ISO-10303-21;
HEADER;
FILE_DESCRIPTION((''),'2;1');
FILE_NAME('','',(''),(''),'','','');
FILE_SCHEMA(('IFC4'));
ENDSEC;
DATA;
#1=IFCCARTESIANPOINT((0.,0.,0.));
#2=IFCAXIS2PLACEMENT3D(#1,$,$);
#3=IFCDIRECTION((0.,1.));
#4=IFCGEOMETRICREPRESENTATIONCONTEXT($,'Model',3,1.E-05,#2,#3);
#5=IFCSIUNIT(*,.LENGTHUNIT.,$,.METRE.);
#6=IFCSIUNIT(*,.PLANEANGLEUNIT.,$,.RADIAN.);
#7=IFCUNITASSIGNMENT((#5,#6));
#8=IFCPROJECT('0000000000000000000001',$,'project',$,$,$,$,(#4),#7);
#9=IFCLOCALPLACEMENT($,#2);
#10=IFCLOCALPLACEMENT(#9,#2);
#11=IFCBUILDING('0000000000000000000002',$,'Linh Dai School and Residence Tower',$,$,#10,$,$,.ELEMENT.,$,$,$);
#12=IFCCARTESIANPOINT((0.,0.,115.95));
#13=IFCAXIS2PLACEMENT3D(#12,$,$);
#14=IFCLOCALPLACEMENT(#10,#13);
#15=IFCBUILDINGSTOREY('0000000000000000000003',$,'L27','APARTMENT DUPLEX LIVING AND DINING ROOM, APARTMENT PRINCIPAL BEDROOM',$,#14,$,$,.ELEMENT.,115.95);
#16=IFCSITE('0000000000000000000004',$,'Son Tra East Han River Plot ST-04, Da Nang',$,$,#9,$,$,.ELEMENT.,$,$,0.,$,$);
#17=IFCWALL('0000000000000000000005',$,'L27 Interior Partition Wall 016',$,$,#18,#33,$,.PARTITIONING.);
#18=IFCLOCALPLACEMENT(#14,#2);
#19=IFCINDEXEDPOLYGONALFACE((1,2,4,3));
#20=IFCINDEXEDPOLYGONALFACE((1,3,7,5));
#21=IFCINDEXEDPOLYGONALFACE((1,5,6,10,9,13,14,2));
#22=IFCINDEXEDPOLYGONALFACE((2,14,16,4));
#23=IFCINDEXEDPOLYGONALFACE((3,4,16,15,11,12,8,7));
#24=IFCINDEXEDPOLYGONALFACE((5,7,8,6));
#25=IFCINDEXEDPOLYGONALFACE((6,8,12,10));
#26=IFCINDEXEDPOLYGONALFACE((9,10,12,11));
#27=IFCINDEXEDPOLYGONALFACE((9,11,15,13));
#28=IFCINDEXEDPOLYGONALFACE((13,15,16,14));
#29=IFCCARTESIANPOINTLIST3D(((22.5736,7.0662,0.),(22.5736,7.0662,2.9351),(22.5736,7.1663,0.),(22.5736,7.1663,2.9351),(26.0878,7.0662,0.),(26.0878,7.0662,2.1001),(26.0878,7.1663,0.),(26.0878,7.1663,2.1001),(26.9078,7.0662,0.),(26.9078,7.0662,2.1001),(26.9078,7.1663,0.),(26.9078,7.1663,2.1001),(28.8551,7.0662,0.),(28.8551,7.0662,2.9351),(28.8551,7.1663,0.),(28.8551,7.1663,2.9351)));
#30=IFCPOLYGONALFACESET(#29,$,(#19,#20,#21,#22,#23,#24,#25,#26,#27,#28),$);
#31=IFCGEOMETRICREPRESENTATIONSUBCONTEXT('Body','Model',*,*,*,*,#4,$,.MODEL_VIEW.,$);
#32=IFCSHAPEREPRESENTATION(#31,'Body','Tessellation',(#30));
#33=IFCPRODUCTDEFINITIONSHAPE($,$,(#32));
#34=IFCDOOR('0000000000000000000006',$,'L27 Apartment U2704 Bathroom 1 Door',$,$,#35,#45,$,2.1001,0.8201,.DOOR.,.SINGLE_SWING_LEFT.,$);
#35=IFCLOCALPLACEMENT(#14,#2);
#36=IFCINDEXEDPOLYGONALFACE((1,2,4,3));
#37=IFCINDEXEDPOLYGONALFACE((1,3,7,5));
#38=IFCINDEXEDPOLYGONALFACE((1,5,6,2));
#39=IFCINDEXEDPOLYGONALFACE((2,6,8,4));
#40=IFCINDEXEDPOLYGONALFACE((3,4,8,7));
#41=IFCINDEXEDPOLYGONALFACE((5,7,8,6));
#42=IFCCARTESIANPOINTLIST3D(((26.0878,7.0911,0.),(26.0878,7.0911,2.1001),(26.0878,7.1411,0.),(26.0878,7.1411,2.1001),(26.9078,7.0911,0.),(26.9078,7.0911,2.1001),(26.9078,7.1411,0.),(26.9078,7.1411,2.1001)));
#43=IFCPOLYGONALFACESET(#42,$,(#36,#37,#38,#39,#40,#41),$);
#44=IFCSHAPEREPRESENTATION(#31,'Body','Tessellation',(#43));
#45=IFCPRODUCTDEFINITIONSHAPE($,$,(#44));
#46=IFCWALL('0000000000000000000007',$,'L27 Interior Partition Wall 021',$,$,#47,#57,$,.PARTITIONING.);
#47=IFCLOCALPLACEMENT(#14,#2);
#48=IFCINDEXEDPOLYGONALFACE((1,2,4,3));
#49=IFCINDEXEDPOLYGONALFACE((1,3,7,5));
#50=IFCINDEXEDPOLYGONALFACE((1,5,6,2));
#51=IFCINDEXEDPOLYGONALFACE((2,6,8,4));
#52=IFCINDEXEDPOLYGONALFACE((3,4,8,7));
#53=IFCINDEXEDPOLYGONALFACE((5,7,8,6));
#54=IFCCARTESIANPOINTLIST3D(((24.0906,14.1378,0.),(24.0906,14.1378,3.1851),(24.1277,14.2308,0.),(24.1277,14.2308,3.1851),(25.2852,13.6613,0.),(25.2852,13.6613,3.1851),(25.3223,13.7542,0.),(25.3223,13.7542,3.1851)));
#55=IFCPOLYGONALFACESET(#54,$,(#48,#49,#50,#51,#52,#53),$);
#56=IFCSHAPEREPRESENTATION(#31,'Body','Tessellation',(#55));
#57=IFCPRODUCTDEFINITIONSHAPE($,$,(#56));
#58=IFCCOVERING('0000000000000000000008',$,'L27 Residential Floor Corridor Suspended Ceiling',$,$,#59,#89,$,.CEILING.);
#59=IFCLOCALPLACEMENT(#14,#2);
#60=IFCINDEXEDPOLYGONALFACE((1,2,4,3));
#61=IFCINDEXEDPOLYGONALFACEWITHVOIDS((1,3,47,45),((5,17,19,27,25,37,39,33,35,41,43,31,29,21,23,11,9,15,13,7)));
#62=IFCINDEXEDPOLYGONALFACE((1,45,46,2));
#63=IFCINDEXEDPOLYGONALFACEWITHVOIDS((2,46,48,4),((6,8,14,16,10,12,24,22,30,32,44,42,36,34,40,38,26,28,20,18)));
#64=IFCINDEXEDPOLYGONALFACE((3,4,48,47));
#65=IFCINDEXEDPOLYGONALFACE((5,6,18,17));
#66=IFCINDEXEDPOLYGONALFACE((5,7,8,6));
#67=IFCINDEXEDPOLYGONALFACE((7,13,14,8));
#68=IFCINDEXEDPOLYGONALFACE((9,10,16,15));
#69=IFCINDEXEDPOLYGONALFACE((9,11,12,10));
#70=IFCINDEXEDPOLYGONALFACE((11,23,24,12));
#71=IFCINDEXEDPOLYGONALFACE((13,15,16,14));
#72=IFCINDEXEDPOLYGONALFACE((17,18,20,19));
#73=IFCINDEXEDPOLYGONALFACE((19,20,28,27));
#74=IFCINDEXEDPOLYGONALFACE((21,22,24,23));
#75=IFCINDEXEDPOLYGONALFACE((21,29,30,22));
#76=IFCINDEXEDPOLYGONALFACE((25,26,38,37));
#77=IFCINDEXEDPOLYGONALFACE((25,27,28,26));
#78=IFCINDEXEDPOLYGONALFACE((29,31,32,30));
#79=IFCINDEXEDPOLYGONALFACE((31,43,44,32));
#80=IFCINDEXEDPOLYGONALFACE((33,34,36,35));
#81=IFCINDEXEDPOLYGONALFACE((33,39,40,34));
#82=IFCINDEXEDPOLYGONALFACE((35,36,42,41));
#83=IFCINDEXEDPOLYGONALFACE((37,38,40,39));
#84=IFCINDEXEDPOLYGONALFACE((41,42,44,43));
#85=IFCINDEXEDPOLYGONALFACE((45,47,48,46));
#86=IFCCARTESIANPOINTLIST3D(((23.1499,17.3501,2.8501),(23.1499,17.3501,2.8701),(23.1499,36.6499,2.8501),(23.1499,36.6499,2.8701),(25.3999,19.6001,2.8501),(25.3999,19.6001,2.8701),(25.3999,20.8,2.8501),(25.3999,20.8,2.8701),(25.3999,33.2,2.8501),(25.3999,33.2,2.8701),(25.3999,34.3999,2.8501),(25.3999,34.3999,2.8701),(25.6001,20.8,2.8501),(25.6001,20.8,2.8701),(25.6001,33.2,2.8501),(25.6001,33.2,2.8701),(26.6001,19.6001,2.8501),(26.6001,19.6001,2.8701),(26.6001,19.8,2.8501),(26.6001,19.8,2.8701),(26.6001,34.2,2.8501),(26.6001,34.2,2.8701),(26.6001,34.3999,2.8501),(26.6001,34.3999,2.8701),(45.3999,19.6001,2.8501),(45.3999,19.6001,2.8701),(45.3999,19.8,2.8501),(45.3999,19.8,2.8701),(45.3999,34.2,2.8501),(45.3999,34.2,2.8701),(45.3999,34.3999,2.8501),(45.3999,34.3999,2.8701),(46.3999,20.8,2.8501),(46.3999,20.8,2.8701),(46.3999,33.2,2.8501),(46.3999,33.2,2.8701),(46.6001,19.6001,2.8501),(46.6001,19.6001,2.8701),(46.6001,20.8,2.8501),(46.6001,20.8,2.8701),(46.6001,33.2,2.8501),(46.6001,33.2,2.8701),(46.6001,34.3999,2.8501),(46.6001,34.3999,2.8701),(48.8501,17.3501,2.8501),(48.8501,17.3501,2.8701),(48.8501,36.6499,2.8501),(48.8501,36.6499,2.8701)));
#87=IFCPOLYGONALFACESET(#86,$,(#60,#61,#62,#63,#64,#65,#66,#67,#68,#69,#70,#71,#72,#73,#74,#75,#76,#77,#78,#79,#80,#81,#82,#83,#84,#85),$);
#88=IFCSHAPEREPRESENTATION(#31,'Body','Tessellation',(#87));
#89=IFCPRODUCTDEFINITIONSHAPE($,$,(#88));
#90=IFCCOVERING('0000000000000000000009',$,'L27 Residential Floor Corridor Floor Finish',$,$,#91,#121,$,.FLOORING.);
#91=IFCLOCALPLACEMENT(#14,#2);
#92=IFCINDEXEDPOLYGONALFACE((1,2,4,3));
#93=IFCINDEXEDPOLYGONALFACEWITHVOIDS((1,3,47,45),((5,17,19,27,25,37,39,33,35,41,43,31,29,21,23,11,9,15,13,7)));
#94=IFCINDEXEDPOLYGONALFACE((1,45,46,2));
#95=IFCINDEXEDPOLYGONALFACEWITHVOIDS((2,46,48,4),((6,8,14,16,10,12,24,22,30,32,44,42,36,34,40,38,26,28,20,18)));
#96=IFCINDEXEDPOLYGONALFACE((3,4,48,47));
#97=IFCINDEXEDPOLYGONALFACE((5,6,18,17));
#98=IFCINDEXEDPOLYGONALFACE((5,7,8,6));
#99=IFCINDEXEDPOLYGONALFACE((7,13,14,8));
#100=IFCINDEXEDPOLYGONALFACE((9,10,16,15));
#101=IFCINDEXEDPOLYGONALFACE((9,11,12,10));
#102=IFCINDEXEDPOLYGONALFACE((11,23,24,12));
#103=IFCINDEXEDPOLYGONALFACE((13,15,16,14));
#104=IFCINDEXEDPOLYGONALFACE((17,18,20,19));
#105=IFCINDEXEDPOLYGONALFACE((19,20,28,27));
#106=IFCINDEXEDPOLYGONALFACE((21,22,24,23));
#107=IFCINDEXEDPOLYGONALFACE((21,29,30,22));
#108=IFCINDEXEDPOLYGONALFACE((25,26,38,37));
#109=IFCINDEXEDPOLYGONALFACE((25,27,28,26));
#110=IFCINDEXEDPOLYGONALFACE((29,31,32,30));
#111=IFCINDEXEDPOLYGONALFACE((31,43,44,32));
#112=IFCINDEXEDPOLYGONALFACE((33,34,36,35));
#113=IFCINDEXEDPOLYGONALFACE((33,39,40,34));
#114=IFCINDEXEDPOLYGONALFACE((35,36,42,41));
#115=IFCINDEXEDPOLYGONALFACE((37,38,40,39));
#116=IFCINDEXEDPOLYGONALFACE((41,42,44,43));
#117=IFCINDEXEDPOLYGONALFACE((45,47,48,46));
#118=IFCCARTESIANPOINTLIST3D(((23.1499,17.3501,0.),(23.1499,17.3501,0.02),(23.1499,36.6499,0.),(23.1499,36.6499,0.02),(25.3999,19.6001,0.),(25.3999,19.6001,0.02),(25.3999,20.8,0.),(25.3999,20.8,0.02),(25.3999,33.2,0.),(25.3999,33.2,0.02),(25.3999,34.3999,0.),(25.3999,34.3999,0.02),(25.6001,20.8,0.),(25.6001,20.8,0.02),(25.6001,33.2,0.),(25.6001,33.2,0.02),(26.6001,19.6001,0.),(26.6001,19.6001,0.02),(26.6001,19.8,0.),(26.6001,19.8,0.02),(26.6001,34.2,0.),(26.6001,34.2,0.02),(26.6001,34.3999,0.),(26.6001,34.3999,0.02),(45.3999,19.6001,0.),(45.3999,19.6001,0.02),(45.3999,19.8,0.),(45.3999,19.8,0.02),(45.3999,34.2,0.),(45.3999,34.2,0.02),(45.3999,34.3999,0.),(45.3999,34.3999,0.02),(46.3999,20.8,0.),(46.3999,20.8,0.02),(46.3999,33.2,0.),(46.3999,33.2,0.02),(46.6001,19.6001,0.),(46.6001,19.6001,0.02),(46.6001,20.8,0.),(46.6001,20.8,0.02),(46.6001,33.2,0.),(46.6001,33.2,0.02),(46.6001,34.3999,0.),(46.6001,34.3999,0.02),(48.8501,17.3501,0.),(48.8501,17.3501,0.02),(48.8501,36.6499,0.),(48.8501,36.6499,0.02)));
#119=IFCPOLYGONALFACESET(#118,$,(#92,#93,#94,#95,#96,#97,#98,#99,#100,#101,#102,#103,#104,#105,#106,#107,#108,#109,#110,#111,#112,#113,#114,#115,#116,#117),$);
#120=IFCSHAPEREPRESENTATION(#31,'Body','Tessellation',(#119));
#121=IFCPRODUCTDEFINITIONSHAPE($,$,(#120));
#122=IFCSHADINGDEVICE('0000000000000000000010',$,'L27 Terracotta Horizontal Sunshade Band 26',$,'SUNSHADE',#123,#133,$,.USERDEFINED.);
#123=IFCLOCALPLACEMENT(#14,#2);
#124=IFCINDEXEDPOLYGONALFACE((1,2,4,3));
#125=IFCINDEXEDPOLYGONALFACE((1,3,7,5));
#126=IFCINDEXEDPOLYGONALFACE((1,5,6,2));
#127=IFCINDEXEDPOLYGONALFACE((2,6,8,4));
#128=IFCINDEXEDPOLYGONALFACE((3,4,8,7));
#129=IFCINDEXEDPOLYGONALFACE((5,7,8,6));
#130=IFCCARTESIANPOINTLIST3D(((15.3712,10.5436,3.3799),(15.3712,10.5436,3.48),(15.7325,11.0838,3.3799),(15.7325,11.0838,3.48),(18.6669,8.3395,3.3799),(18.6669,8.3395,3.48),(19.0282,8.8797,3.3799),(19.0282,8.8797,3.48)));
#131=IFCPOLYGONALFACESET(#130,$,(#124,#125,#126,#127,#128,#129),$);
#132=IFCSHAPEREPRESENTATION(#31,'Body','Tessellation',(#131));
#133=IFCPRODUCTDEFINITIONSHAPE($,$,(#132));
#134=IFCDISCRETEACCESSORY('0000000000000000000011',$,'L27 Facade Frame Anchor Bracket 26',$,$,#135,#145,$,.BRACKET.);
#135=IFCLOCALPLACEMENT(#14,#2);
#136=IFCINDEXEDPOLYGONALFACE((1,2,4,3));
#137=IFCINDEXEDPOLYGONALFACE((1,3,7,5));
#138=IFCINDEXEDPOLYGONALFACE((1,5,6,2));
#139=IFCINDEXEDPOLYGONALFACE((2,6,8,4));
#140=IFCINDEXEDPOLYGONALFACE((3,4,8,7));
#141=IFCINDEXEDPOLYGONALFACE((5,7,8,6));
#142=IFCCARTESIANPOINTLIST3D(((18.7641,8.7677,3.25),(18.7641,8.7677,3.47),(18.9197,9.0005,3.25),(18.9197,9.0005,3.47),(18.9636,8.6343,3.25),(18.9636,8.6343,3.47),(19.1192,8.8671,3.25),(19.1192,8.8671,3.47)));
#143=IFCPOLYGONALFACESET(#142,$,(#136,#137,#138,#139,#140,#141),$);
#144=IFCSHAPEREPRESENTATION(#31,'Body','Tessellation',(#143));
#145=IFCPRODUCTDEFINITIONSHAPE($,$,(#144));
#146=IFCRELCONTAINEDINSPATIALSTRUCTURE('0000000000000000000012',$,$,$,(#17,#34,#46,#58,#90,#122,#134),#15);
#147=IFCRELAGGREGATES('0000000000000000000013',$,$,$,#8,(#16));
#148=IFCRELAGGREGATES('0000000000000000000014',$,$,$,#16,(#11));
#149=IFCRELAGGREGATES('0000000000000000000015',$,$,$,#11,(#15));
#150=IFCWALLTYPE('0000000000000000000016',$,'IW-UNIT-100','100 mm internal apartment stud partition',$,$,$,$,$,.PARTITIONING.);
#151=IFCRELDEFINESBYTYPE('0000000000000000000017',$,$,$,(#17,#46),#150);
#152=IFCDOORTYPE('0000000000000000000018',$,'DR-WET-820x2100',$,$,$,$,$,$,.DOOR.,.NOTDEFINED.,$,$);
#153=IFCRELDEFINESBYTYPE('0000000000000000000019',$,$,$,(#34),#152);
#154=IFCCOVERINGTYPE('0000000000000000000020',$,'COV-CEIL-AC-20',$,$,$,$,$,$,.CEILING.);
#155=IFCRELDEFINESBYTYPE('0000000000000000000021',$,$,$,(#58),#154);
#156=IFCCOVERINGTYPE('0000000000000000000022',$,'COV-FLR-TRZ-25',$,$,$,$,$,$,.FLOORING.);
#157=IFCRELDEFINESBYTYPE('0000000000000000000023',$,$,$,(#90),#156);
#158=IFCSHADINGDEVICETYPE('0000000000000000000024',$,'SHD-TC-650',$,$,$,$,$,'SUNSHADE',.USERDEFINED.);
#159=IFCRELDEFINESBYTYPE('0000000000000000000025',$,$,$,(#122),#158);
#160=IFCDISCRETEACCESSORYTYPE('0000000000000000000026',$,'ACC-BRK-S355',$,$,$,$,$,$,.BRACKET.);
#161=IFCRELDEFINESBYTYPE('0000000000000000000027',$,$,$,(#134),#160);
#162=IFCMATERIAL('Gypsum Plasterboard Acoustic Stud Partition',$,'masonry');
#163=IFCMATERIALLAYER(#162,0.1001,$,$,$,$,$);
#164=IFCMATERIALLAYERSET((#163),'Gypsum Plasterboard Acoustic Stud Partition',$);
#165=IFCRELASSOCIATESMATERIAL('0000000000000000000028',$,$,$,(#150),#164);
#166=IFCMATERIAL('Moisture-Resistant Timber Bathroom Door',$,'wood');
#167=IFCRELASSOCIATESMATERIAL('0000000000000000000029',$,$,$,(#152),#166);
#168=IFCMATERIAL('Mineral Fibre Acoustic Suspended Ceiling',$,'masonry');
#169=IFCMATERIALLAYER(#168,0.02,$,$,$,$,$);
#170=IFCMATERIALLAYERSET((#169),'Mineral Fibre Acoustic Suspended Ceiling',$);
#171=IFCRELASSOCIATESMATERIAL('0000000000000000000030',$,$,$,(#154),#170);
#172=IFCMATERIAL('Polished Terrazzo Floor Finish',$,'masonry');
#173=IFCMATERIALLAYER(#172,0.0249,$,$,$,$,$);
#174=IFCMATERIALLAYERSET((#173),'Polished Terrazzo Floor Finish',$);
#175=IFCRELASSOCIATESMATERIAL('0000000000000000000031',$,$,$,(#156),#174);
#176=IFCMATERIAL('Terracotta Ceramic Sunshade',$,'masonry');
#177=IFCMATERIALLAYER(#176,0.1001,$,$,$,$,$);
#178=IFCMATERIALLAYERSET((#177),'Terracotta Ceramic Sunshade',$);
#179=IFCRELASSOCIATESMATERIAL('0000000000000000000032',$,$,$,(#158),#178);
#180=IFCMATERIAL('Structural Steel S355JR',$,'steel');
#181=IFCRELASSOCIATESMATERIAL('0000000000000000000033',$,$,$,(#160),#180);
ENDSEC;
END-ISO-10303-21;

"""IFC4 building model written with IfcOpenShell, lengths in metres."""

from ifc_helpers import new_model, si_unit, direction, frame, frame_2d, origin, origin_2d, place, context, subcontext, project, spatial, polyline, rectangle, outline, extrude, source, transform, mapped, material, layer, layer_set, type_object, element, fill, save


model = new_model("IFC4")

# Units and contexts
model_context = context("Model", 3, precision=1e-05, world=origin(), true_north=direction((0.0, 1.0)))
body_context = subcontext(model_context, "Body", "Model", "MODEL_VIEW")
ifc_project = project(units=[si_unit("LENGTHUNIT", "METRE"), si_unit("PLANEANGLEUNIT", "RADIAN")], contexts=[model_context])

# Site, building, storey
site_placement = place(None, origin())
site = spatial("IfcSite", under=ifc_project, at=site_placement, Name="Son Tra East Han River Plot ST-04, Da Nang", CompositionType="ELEMENT", RefElevation=0.0)
building_placement = place(site_placement, origin())
building = spatial("IfcBuilding", under=site, at=building_placement, Name="Linh Dai School and Residence Tower", CompositionType="ELEMENT")
storey_placement = place(building_placement, frame((0.0, 0.0, 115.95)))
storey = spatial("IfcBuildingStorey", under=building, at=storey_placement, Name="L27", Description="APARTMENT DUPLEX LIVING AND DINING ROOM, APARTMENT PRINCIPAL BEDROOM", CompositionType="ELEMENT", Elevation=115.95)

# Shared definitions
ifc_material_1 = material(Name="Structural Steel S355JR", Category="steel")

# Wall, opening, door
ifc_material_2 = material(Name="Gypsum Plasterboard Acoustic Stud Partition", Category="masonry")
ifc_layer_1 = layer(ifc_material_2, 0.1001)
ifc_layer_set_1 = layer_set([ifc_layer_1], Name="Gypsum Plasterboard Acoustic Stud Partition")
wall_type_1 = type_object("IfcWallType", Name="IW-UNIT-100", Description="100 mm internal apartment stud partition", PredefinedType="PARTITIONING", material=ifc_layer_set_1)
wall_1_placement = place(storey_placement, frame((22.5737, 7.1162, 0.0), z_axis=(0.0, 0.0, 1.0), x_axis=(1.0, 0.0, 0.0)))
wall_1 = element("IfcWall", 1, at=wall_1_placement, inside=storey, type_object=wall_type_1, Name="L27 Interior Partition Wall 016", PredefinedType="PARTITIONING", context=body_context, shape_type="SweptSolid", body=[
    extrude(rectangle(XDim=6.2815, YDim=0.1001, at=frame_2d((3.1406, 0.0))), origin(), (0.0, 0.0, 1.0), 2.9351),
])
opening_1_placement = place(wall_1_placement, frame((3.5139, 0.0, 0.0)))
opening_1 = element("IfcOpeningElement", 2, at=opening_1_placement, cuts=wall_1, PredefinedType="OPENING", context=body_context, shape_type="SweptSolid", body=[
    extrude(rectangle(XDim=0.8201, YDim=2.1001, at=origin_2d()), frame((0.4102, 0.0601, 1.05), z_axis=(0.0, -1.0, 0.0), x_axis=(1.0, 0.0, 0.0)), (0.0, 0.0, 1.0), 0.1201),
])
ifc_material_3 = material(Name="Moisture-Resistant Timber Bathroom Door", Category="wood")
door_type_1 = type_object("IfcDoorType", Name="DR-WET-820x2100", OperationType="NOTDEFINED", PredefinedType="DOOR", material=ifc_material_3)
shared_shape_1 = source(origin(), body_context, "Body", "SweptSolid", [
    extrude(rectangle(XDim=0.8201, YDim=2.1001, at=origin_2d()), frame((0.4102, 0.0249, 1.05), z_axis=(0.0, -1.0, 0.0), x_axis=(1.0, 0.0, 0.0)), (0.0, 0.0, 1.0), 0.05),
])
door_1_placement = place(opening_1_placement, origin())
door_1 = element("IfcDoor", 3, at=door_1_placement, inside=storey, type_object=door_type_1, Name="L27 Apartment U2704 Bathroom 1 Door", OperationType="SINGLE_SWING_LEFT", OverallHeight=2.1001, OverallWidth=0.8201, PredefinedType="DOOR", context=body_context, shape_type="MappedRepresentation", body=[
    mapped(shared_shape_1, transform((0.0, 0.0, 0.0), x_axis=(1.0, 0.0, 0.0), y_axis=(0.0, 1.0, 0.0), z_axis=(0.0, 0.0, 1.0), scale=1.0)),
])
fill(opening_1, door_1)

# Wall
wall_2_placement = place(storey_placement, frame((24.1091, 14.1843, 0.0), z_axis=(0.0, 0.0, 1.0), x_axis=(0.928817, -0.37054, 0.0)))
element("IfcWall", 4, at=wall_2_placement, inside=storey, type_object=wall_type_1, Name="L27 Interior Partition Wall 021", PredefinedType="PARTITIONING", context=body_context, shape_type="SweptSolid", body=[
    extrude(rectangle(XDim=1.2861, YDim=0.1001, at=frame_2d((0.6431, 0.0))), origin(), (0.0, 0.0, 1.0), 3.1851),
])

# Coverings
ifc_material_4 = material(Name="Mineral Fibre Acoustic Suspended Ceiling", Category="masonry")
ifc_layer_2 = layer(ifc_material_4, 0.02)
ifc_layer_set_2 = layer_set([ifc_layer_2], Name="Mineral Fibre Acoustic Suspended Ceiling")
covering_type_1 = type_object("IfcCoveringType", Name="COV-CEIL-AC-20", PredefinedType="CEILING", material=ifc_layer_set_2)
covering_1_placement = place(storey_placement, frame((0.0, 0.0, 2.8501)))
element("IfcCovering", 5, at=covering_1_placement, inside=storey, type_object=covering_type_1, Name="L27 Residential Floor Corridor Suspended Ceiling", PredefinedType="CEILING", context=body_context, shape_type="SweptSolid", body=[
    extrude(outline(polyline([(48.8501, 36.6499), (48.8501, 17.3501), (23.1499, 17.3501), (23.1499, 36.6499), (48.8501, 36.6499)]), holes=[polyline([(26.6001, 34.2), (26.6001, 34.3999), (25.3999, 34.3999), (25.3999, 33.2), (25.6001, 33.2), (25.6001, 20.8), (25.3999, 20.8), (25.3999, 19.6001), (26.6001, 19.6001), (26.6001, 19.8), (45.3999, 19.8), (45.3999, 19.6001), (46.6001, 19.6001), (46.6001, 20.8), (46.3999, 20.8), (46.3999, 33.2), (46.6001, 33.2), (46.6001, 34.3999), (45.3999, 34.3999), (45.3999, 34.2), (26.6001, 34.2)])]), origin(), (0.0, 0.0, 1.0), 0.02),
])
ifc_material_5 = material(Name="Polished Terrazzo Floor Finish", Category="masonry")
ifc_layer_3 = layer(ifc_material_5, 0.0249)
ifc_layer_set_3 = layer_set([ifc_layer_3], Name="Polished Terrazzo Floor Finish")
covering_type_2 = type_object("IfcCoveringType", Name="COV-FLR-TRZ-25", PredefinedType="FLOORING", material=ifc_layer_set_3)
covering_2_placement = place(storey_placement, origin())
element("IfcCovering", 6, at=covering_2_placement, inside=storey, type_object=covering_type_2, Name="L27 Residential Floor Corridor Floor Finish", PredefinedType="FLOORING", context=body_context, shape_type="SweptSolid", body=[
    extrude(outline(polyline([(48.8501, 36.6499), (48.8501, 17.3501), (23.1499, 17.3501), (23.1499, 36.6499), (48.8501, 36.6499)]), holes=[polyline([(26.6001, 34.2), (26.6001, 34.3999), (25.3999, 34.3999), (25.3999, 33.2), (25.6001, 33.2), (25.6001, 20.8), (25.3999, 20.8), (25.3999, 19.6001), (26.6001, 19.6001), (26.6001, 19.8), (45.3999, 19.8), (45.3999, 19.6001), (46.6001, 19.6001), (46.6001, 20.8), (46.3999, 20.8), (46.3999, 33.2), (46.6001, 33.2), (46.6001, 34.3999), (45.3999, 34.3999), (45.3999, 34.2), (26.6001, 34.2)])]), origin(), (0.0, 0.0, 1.0), 0.02),
])

# Shading device
ifc_material_6 = material(Name="Terracotta Ceramic Sunshade", Category="masonry")
ifc_layer_4 = layer(ifc_material_6, 0.1001)
ifc_layer_set_4 = layer_set([ifc_layer_4], Name="Terracotta Ceramic Sunshade")
shading_device_type = type_object("IfcShadingDeviceType", Name="SHD-TC-650", ElementType="SUNSHADE", PredefinedType="USERDEFINED", material=ifc_layer_set_4)
shared_shape_2 = source(origin(), body_context, "Body", "SweptSolid", [
    extrude(rectangle(XDim=3.9648, YDim=0.6499, at=origin_2d()), origin(), (0.0, 0.0, 1.0), 0.1001),
])
shading_device_placement = place(storey_placement, frame((17.1997, 9.7117, 3.3799), z_axis=(0.0, 0.0, 1.0), x_axis=(-0.83124, 0.555913, 0.0)))
element("IfcShadingDevice", 7, at=shading_device_placement, inside=storey, type_object=shading_device_type, Name="L27 Terracotta Horizontal Sunshade Band 26", ObjectType="SUNSHADE", PredefinedType="USERDEFINED", context=body_context, shape_type="MappedRepresentation", body=[
    mapped(shared_shape_2, transform((0.0, 0.0, 0.0), x_axis=(1.0, 0.0, 0.0), y_axis=(0.0, 1.0, 0.0), z_axis=(0.0, 0.0, 1.0), scale=1.0)),
])

# Discrete accessory
discrete_accessory_type = type_object("IfcDiscreteAccessoryType", Name="ACC-BRK-S355", PredefinedType="BRACKET", material=ifc_material_1)
shared_shape_3 = source(origin(), body_context, "Body", "SweptSolid", [
    extrude(rectangle(XDim=0.28, YDim=0.24, at=origin_2d()), origin(), (0.0, 0.0, 1.0), 0.22),
])
discrete_accessory_placement = place(storey_placement, frame((18.9417, 8.8174, 3.25), z_axis=(0.0, 0.0, 1.0), x_axis=(-0.555913, -0.83124, 0.0)))
element("IfcDiscreteAccessory", 8, at=discrete_accessory_placement, inside=storey, type_object=discrete_accessory_type, Name="L27 Facade Frame Anchor Bracket 26", PredefinedType="BRACKET", context=body_context, shape_type="MappedRepresentation", body=[
    mapped(shared_shape_3, transform((0.0, 0.0, 0.0), x_axis=(1.0, 0.0, 0.0), y_axis=(0.0, 1.0, 0.0), z_axis=(0.0, 0.0, 1.0), scale=1.0)),
])

save(model, "model.ifc")
